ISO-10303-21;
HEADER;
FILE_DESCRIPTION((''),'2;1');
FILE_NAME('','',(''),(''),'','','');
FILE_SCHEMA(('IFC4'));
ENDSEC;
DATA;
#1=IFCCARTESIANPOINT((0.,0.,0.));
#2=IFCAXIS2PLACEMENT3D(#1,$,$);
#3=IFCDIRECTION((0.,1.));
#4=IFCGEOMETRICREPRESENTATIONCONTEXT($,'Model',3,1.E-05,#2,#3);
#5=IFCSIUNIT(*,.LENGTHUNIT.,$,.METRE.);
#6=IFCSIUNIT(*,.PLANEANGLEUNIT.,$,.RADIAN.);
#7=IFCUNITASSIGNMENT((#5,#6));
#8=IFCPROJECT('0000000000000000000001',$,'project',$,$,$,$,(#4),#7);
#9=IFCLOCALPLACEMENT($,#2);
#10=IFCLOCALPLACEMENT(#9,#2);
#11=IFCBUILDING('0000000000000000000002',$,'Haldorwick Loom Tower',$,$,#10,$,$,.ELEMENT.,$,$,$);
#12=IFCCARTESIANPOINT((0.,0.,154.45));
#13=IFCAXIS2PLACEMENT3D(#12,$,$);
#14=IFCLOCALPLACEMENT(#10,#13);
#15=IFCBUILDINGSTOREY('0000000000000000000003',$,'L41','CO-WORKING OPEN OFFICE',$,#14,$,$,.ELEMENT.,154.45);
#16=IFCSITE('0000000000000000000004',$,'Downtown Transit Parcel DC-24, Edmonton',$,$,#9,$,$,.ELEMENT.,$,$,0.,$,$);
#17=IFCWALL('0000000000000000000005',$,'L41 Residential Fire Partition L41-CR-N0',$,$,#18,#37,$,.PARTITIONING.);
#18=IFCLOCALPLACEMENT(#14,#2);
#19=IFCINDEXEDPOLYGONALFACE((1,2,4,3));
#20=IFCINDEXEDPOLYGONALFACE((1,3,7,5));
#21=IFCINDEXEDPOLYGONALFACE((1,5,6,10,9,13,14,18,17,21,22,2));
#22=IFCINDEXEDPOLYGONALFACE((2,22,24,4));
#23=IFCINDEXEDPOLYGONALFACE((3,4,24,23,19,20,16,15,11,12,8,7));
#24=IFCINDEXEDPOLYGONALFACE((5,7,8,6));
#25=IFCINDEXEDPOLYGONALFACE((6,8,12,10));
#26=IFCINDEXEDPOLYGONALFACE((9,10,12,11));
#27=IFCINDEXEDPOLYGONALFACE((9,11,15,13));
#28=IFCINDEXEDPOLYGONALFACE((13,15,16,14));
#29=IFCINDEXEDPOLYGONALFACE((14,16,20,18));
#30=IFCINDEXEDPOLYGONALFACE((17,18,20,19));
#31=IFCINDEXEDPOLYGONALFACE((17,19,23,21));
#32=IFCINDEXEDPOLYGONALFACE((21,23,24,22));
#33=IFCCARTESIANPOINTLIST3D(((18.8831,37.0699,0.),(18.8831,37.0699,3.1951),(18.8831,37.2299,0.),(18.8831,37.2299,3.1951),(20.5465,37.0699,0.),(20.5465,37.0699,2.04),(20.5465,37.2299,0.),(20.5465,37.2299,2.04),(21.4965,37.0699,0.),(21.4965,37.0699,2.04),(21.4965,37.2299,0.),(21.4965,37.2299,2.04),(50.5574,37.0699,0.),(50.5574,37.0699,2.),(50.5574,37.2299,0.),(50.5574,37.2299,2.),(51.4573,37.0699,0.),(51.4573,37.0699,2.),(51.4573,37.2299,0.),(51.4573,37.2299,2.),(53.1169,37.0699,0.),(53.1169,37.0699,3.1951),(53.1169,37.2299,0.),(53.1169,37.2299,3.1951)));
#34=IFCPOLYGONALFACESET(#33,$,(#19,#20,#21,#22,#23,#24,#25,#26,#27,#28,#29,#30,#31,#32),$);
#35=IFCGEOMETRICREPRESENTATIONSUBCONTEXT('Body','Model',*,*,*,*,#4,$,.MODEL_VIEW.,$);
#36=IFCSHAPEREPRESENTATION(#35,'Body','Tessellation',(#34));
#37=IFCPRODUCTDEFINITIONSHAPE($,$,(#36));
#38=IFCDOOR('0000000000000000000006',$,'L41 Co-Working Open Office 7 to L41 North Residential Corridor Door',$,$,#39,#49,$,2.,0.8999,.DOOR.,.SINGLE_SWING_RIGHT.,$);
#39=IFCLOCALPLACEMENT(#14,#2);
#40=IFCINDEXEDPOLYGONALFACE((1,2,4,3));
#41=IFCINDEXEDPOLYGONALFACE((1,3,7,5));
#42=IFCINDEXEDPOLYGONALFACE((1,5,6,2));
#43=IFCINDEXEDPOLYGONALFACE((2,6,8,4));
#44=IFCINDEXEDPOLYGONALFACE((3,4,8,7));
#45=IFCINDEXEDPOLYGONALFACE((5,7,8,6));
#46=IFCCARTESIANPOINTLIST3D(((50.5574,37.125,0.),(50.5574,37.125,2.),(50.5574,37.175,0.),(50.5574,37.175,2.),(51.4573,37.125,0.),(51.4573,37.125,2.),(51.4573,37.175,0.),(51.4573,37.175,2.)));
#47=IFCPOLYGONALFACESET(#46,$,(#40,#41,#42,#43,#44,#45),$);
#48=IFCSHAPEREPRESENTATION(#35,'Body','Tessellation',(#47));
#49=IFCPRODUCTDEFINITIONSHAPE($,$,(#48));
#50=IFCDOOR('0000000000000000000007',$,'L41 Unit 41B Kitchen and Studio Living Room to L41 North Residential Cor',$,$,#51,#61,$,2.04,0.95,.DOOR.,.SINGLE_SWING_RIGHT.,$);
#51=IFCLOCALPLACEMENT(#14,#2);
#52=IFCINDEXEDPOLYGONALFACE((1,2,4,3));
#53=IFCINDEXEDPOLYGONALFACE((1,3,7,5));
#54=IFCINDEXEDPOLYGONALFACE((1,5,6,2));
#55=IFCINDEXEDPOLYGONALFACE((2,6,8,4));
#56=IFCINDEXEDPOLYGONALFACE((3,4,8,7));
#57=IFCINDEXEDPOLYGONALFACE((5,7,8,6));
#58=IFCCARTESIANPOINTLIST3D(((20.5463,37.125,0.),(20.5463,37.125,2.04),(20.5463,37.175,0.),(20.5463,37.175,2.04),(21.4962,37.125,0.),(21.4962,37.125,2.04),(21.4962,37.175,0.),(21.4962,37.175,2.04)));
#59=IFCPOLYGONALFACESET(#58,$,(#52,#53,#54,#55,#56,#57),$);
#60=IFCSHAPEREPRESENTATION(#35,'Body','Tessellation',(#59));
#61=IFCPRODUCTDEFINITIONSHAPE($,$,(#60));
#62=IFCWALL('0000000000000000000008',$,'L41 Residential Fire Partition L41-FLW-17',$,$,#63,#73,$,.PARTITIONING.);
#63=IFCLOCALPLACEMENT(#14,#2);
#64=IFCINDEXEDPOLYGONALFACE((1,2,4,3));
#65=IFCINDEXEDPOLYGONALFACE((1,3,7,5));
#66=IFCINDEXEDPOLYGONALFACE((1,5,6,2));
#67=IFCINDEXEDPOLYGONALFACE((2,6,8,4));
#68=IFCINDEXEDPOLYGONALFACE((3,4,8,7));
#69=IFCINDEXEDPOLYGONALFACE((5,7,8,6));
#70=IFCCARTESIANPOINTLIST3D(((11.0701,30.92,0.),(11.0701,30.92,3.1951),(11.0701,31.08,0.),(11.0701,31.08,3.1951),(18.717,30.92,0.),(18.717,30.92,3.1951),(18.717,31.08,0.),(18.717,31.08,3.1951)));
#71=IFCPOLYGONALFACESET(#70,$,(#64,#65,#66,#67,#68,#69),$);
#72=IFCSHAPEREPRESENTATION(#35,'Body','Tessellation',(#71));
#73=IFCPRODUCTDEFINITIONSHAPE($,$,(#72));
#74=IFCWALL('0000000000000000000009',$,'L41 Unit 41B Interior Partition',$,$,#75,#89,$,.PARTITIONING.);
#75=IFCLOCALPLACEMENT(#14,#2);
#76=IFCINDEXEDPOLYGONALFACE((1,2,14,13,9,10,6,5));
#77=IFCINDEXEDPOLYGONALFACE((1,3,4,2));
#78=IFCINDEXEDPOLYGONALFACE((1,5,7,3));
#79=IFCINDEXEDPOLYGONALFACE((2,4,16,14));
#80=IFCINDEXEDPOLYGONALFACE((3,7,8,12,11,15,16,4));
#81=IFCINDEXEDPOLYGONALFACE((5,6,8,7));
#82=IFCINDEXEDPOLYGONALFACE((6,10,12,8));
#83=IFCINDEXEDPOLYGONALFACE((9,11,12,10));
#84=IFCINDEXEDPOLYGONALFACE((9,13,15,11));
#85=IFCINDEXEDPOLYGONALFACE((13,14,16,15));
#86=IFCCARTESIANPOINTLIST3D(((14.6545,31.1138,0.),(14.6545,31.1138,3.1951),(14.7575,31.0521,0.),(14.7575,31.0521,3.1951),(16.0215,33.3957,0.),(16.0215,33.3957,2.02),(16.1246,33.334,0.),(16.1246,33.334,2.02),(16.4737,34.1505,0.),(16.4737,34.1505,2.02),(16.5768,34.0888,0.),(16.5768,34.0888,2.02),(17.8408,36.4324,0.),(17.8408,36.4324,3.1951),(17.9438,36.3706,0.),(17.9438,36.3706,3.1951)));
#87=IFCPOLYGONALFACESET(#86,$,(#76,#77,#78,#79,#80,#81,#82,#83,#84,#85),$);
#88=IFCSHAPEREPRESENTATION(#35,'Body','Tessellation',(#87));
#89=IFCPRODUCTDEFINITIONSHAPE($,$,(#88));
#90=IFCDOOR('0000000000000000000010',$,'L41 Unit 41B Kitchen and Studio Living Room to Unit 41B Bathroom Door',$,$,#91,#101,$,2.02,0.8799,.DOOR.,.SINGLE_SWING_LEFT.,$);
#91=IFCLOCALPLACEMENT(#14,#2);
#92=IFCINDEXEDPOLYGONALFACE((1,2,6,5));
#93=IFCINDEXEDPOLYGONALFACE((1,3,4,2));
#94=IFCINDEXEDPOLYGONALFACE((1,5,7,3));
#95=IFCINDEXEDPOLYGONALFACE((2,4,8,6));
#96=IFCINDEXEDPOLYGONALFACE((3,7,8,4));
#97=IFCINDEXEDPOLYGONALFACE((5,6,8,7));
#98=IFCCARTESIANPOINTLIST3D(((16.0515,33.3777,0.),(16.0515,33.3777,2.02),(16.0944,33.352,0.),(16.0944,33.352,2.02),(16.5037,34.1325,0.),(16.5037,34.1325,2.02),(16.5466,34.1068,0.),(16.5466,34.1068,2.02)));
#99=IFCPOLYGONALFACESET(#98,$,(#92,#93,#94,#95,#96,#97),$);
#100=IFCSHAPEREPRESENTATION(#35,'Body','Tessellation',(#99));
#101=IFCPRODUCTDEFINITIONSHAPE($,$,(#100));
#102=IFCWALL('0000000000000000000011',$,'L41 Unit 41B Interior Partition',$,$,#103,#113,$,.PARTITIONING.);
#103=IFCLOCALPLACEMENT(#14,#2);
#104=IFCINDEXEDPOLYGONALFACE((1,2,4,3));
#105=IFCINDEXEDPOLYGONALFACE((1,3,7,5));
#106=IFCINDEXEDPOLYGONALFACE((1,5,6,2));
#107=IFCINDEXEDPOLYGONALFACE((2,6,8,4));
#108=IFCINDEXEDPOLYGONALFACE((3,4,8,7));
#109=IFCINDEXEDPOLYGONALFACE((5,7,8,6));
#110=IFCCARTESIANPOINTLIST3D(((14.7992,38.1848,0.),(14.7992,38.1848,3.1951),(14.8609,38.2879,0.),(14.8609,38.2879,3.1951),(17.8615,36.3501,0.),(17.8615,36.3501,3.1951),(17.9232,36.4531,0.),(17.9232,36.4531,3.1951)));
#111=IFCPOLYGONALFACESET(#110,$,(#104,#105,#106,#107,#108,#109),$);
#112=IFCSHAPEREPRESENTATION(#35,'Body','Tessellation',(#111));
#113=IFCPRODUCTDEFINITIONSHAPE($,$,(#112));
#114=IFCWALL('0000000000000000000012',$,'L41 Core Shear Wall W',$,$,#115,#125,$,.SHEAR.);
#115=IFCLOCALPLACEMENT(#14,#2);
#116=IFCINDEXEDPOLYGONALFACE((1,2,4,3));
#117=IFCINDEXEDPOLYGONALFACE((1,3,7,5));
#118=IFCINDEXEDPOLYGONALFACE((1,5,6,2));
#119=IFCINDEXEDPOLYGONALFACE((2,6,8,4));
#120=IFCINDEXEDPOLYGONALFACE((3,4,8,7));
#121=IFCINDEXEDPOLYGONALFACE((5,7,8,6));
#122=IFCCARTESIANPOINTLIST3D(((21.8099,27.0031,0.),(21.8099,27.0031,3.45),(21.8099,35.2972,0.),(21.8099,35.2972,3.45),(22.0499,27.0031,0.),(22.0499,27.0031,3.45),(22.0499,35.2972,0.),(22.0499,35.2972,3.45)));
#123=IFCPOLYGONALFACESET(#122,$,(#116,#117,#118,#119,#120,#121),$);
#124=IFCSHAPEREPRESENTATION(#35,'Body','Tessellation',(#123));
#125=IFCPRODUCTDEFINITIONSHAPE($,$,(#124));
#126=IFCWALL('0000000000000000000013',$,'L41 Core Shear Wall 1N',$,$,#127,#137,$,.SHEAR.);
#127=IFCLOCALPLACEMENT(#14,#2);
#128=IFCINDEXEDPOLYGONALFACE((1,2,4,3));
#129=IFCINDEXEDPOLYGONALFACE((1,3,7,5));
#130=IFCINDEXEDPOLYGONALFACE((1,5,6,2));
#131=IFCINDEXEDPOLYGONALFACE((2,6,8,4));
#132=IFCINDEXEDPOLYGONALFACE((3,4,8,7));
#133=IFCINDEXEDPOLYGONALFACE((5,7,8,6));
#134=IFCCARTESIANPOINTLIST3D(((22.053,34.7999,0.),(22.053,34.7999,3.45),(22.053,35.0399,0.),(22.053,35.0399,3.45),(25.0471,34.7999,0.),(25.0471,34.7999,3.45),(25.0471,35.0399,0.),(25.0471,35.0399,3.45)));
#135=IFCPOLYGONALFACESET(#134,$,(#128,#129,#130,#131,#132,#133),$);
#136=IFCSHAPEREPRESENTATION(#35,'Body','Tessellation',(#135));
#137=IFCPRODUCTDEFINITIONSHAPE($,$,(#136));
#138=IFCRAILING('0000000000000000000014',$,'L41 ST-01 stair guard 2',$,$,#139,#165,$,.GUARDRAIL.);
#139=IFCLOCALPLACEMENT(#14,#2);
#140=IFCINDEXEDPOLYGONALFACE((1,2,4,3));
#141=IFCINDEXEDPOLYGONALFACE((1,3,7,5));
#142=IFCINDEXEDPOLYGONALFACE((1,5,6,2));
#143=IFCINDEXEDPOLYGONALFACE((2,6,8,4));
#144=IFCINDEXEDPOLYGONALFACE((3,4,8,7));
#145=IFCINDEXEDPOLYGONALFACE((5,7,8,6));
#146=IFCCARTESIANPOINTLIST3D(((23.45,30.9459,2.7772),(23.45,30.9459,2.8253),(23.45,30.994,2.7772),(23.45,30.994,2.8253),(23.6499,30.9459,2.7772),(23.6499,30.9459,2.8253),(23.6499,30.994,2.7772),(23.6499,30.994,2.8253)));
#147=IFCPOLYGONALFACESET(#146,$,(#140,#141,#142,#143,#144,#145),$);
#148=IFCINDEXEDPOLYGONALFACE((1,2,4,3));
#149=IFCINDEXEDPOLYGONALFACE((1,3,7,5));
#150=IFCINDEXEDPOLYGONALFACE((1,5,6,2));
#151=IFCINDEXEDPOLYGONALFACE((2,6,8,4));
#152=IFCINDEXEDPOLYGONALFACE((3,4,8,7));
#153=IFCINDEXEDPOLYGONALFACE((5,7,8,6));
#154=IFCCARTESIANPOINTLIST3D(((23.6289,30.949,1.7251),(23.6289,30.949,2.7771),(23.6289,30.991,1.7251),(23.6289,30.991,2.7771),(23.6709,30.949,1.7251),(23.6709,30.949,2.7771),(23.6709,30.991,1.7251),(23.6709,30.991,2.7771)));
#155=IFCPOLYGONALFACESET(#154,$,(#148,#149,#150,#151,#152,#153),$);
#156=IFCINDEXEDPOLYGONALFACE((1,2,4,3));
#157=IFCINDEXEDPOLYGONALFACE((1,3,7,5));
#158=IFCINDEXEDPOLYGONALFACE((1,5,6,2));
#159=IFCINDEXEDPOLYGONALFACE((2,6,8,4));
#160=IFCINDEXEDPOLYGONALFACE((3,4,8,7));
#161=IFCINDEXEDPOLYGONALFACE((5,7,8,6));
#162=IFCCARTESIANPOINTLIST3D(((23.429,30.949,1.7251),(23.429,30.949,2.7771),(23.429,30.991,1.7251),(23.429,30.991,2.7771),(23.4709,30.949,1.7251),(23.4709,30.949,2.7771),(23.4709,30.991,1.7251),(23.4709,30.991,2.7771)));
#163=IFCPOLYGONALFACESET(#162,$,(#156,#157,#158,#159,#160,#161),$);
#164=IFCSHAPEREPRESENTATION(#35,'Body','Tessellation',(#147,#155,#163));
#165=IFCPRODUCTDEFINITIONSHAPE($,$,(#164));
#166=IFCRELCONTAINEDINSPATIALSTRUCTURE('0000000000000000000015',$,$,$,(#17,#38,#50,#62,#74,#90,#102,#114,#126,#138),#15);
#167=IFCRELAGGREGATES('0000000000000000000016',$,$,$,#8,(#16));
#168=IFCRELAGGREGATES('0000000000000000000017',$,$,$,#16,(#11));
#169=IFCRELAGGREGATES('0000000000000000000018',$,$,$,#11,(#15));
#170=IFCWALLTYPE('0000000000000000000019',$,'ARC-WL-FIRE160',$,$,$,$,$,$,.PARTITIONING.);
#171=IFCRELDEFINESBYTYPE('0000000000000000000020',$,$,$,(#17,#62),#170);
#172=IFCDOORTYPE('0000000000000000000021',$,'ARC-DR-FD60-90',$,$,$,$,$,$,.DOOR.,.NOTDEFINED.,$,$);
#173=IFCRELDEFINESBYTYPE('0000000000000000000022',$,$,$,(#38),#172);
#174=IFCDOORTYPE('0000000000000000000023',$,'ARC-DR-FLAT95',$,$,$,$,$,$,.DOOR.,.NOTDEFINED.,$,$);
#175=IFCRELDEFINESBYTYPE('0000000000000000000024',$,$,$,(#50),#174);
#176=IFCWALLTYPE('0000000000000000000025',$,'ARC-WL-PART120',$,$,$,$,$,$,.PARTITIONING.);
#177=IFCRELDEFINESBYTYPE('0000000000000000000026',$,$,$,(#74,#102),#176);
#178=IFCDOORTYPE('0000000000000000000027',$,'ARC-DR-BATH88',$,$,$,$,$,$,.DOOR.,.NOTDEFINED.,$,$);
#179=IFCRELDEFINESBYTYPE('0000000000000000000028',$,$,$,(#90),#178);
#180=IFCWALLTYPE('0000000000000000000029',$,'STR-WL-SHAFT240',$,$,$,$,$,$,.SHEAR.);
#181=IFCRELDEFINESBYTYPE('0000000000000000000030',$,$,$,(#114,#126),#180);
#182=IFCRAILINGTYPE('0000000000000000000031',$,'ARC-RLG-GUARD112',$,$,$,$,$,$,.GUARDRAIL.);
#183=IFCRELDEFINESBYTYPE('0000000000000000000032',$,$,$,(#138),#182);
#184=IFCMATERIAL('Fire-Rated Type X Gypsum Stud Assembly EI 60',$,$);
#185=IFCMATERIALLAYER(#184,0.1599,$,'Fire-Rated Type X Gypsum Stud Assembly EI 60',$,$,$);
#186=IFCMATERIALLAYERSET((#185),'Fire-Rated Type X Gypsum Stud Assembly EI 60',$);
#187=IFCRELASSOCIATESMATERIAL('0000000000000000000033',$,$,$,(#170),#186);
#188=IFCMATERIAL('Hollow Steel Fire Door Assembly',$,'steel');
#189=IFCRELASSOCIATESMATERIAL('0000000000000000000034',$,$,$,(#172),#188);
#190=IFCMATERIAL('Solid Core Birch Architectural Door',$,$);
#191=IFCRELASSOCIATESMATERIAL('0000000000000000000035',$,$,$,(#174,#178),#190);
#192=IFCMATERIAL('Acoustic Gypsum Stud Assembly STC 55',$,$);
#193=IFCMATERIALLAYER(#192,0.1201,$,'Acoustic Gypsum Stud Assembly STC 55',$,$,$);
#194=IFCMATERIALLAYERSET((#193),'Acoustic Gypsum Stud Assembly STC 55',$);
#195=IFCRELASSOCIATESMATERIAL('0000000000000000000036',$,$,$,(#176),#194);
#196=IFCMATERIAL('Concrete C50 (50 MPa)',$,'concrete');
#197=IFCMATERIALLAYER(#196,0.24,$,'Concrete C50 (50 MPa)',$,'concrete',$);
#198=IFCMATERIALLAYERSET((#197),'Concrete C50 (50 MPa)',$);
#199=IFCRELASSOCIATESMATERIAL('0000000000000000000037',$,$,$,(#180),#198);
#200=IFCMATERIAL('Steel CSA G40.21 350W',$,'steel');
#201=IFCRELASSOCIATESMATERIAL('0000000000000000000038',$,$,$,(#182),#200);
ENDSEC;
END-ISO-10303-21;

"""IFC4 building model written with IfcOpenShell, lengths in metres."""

from ifc_helpers import new_model, si_unit, direction, frame, frame_2d, origin, origin_2d, place, context, subcontext, project, spatial, rectangle, extrude, material, layer, layer_set, type_object, element, fill, save


model = new_model("IFC4")

# Units and contexts
model_context = context("Model", 3, precision=1e-05, world=origin(), true_north=direction((0.0, 1.0)))
body_context = subcontext(model_context, "Body", "Model", "MODEL_VIEW")
ifc_project = project(units=[si_unit("LENGTHUNIT", "METRE"), si_unit("PLANEANGLEUNIT", "RADIAN")], contexts=[model_context])

# Site, building, storey
site_placement = place(None, origin())
site = spatial("IfcSite", under=ifc_project, at=site_placement, Name="Downtown Transit Parcel DC-24, Edmonton", CompositionType="ELEMENT", RefElevation=0.0)
building_placement = place(site_placement, origin())
building = spatial("IfcBuilding", under=site, at=building_placement, Name="Haldorwick Loom Tower", CompositionType="ELEMENT")
storey_placement = place(building_placement, frame((0.0, 0.0, 154.45)))
storey = spatial("IfcBuildingStorey", under=building, at=storey_placement, Name="L41", Description="CO-WORKING OPEN OFFICE", CompositionType="ELEMENT", Elevation=154.45)

# Shared definitions
ifc_material_1 = material(Name="Steel CSA G40.21 350W", Category="steel")

# Shared definitions
ifc_material_2 = material(Name="Fire-Rated Type X Gypsum Stud Assembly EI 60")
ifc_layer_1 = layer(ifc_material_2, 0.1599, Name="Fire-Rated Type X Gypsum Stud Assembly EI 60")
ifc_layer_set_1 = layer_set([ifc_layer_1], Name="Fire-Rated Type X Gypsum Stud Assembly EI 60")
wall_type_1 = type_object("IfcWallType", Name="ARC-WL-FIRE160", PredefinedType="PARTITIONING", material=ifc_layer_set_1)

# Wall, openings, doors
wall_1_placement = place(storey_placement, frame((18.8831, 37.1499, 0.0), z_axis=(0.0, 0.0, 1.0), x_axis=(1.0, 0.0, 0.0)))
wall_1 = element("IfcWall", 1, at=wall_1_placement, inside=storey, type_object=wall_type_1, Name="L41 Residential Fire Partition L41-CR-N0", PredefinedType="PARTITIONING", context=body_context, shape_type="SweptSolid", body=[
    extrude(rectangle(XDim=34.2339, YDim=0.1599, at=frame_2d((17.1169, 0.0))), origin(), (0.0, 0.0, 1.0), 3.1951),
])
opening_1_placement = place(wall_1_placement, frame((31.6743, 0.0, 0.0)))
opening_1 = element("IfcOpeningElement", 2, at=opening_1_placement, cuts=wall_1, PredefinedType="OPENING", context=body_context, shape_type="SweptSolid", body=[
    extrude(rectangle(XDim=0.8999, YDim=2.0, at=frame_2d((0.45, 1.0))), frame((0.0, 0.0898, 0.0), z_axis=(0.0, -1.0, 0.0), x_axis=(1.0, 0.0, 0.0)), (0.0, 0.0, 1.0), 0.1799),
])
opening_2_placement = place(wall_1_placement, frame((1.6633, 0.0, 0.0)))
opening_2 = element("IfcOpeningElement", 3, at=opening_2_placement, cuts=wall_1, PredefinedType="OPENING", context=body_context, shape_type="SweptSolid", body=[
    extrude(rectangle(XDim=0.95, YDim=2.04, at=frame_2d((0.4751, 1.02))), frame((0.0, 0.0898, 0.0), z_axis=(0.0, -1.0, 0.0), x_axis=(1.0, 0.0, 0.0)), (0.0, 0.0, 1.0), 0.1799),
])
ifc_material_3 = material(Name="Hollow Steel Fire Door Assembly", Category="steel")
door_type_1 = type_object("IfcDoorType", Name="ARC-DR-FD60-90", OperationType="NOTDEFINED", PredefinedType="DOOR", material=ifc_material_3)
door_1_placement = place(opening_1_placement, frame((0.8999, 0.0, 0.0), z_axis=(0.0, 0.0, 1.0), x_axis=(-1.0, 0.0, 0.0)))
door_1 = element("IfcDoor", 4, at=door_1_placement, inside=storey, type_object=door_type_1, Name="L41 Co-Working Open Office 7 to L41 North Residential Corridor Door", OperationType="SINGLE_SWING_RIGHT", OverallHeight=2.0, OverallWidth=0.8999, PredefinedType="DOOR", context=body_context, shape_type="SweptSolid", body=[
    extrude(rectangle(XDim=0.8999, YDim=2.0, at=frame_2d((0.45, 1.0))), frame((0.0, 0.0249, 0.0), z_axis=(0.0, -1.0, 0.0), x_axis=(1.0, 0.0, 0.0)), (0.0, 0.0, 1.0), 0.05),
])
fill(opening_1, door_1)
ifc_material_4 = material(Name="Solid Core Birch Architectural Door")
door_type_2 = type_object("IfcDoorType", Name="ARC-DR-FLAT95", OperationType="NOTDEFINED", PredefinedType="DOOR", material=ifc_material_4)
door_2_placement = place(opening_2_placement, frame((0.95, 0.0, 0.0), z_axis=(0.0, 0.0, 1.0), x_axis=(-1.0, 0.0, 0.0)))
door_2 = element("IfcDoor", 5, at=door_2_placement, inside=storey, type_object=door_type_2, Name="L41 Unit 41B Kitchen and Studio Living Room to L41 North Residential Cor", OperationType="SINGLE_SWING_RIGHT", OverallHeight=2.04, OverallWidth=0.95, PredefinedType="DOOR", context=body_context, shape_type="SweptSolid", body=[
    extrude(rectangle(XDim=0.95, YDim=2.04, at=frame_2d((0.4751, 1.02))), frame((0.0, 0.0249, 0.0), z_axis=(0.0, -1.0, 0.0), x_axis=(1.0, 0.0, 0.0)), (0.0, 0.0, 1.0), 0.05),
])
fill(opening_2, door_2)

# Wall
wall_2_placement = place(storey_placement, frame((11.0701, 31.0, 0.0), z_axis=(0.0, 0.0, 1.0), x_axis=(1.0, 0.0, 0.0)))
element("IfcWall", 6, at=wall_2_placement, inside=storey, type_object=wall_type_1, Name="L41 Residential Fire Partition L41-FLW-17", PredefinedType="PARTITIONING", context=body_context, shape_type="SweptSolid", body=[
    extrude(rectangle(XDim=7.647, YDim=0.1599, at=frame_2d((3.8235, 0.0))), origin(), (0.0, 0.0, 1.0), 3.1951),
])

# Wall, opening, door
ifc_material_5 = material(Name="Acoustic Gypsum Stud Assembly STC 55")
ifc_layer_2 = layer(ifc_material_5, 0.1201, Name="Acoustic Gypsum Stud Assembly STC 55")
ifc_layer_set_2 = layer_set([ifc_layer_2], Name="Acoustic Gypsum Stud Assembly STC 55")
wall_type_2 = type_object("IfcWallType", Name="ARC-WL-PART120", PredefinedType="PARTITIONING", material=ifc_layer_set_2)
wall_3_placement = place(storey_placement, frame((17.8923, 36.4016, 0.0), z_axis=(0.0, 0.0, 1.0), x_axis=(-0.513917, -0.85784, 0.0)))
wall_3 = element("IfcWall", 7, at=wall_3_placement, inside=storey, type_object=wall_type_2, Name="L41 Unit 41B Interior Partition", PredefinedType="PARTITIONING", context=body_context, shape_type="SweptSolid", body=[
    extrude(rectangle(XDim=6.2, YDim=0.1201, at=frame_2d((3.1001, 0.0))), origin(), (0.0, 0.0, 1.0), 3.1951),
])
opening_3_placement = place(wall_3_placement, frame((2.6602, 0.0, 0.0)))
opening_3 = element("IfcOpeningElement", 8, at=opening_3_placement, cuts=wall_3, PredefinedType="OPENING", context=body_context, shape_type="SweptSolid", body=[
    extrude(rectangle(XDim=0.8799, YDim=2.02, at=frame_2d((0.4399, 1.01))), frame((0.0, 0.0701, 0.0), z_axis=(0.0, -1.0, 0.0), x_axis=(1.0, 0.0, 0.0)), (0.0, 0.0, 1.0), 0.1401),
])
door_type_3 = type_object("IfcDoorType", Name="ARC-DR-BATH88", OperationType="NOTDEFINED", PredefinedType="DOOR", material=ifc_material_4)
door_3_placement = place(opening_3_placement, origin())
door_3 = element("IfcDoor", 9, at=door_3_placement, inside=storey, type_object=door_type_3, Name="L41 Unit 41B Kitchen and Studio Living Room to Unit 41B Bathroom Door", OperationType="SINGLE_SWING_LEFT", OverallHeight=2.02, OverallWidth=0.8799, PredefinedType="DOOR", context=body_context, shape_type="SweptSolid", body=[
    extrude(rectangle(XDim=0.8799, YDim=2.02, at=frame_2d((0.4399, 1.01))), frame((0.0, 0.0249, 0.0), z_axis=(0.0, -1.0, 0.0), x_axis=(1.0, 0.0, 0.0)), (0.0, 0.0, 1.0), 0.05),
])
fill(opening_3, door_3)

# Walls
wall_4_placement = place(storey_placement, frame((17.8923, 36.4016, 0.0), z_axis=(0.0, 0.0, 1.0), x_axis=(-0.857819, 0.513953, 0.0)))
element("IfcWall", 10, at=wall_4_placement, inside=storey, type_object=wall_type_2, Name="L41 Unit 41B Interior Partition", PredefinedType="PARTITIONING", context=body_context, shape_type="SweptSolid", body=[
    extrude(rectangle(XDim=3.5698, YDim=0.1201, at=frame_2d((1.7849, 0.0))), origin(), (0.0, 0.0, 1.0), 3.1951),
])
ifc_material_6 = material(Name="Concrete C50 (50 MPa)", Category="concrete")
ifc_layer_3 = layer(ifc_material_6, 0.24, Name="Concrete C50 (50 MPa)", Category="concrete")
ifc_layer_set_3 = layer_set([ifc_layer_3], Name="Concrete C50 (50 MPa)")
wall_type_3 = type_object("IfcWallType", Name="STR-WL-SHAFT240", PredefinedType="SHEAR", material=ifc_layer_set_3)
wall_5_placement = place(storey_placement, frame((21.9299, 35.2971, 0.0), z_axis=(0.0, 0.0, 1.0), x_axis=(0.0, -1.0, 0.0)))
element("IfcWall", 11, at=wall_5_placement, inside=storey, type_object=wall_type_3, Name="L41 Core Shear Wall W", PredefinedType="SHEAR", context=body_context, shape_type="SweptSolid", body=[
    extrude(rectangle(XDim=8.2942, YDim=0.24, at=frame_2d((4.147, 0.0))), origin(), (0.0, 0.0, 1.0), 3.45),
])
wall_6_placement = place(storey_placement, frame((22.053, 34.9199, 0.0), z_axis=(0.0, 0.0, 1.0), x_axis=(1.0, 0.0, 0.0)))
element("IfcWall", 12, at=wall_6_placement, inside=storey, type_object=wall_type_3, Name="L41 Core Shear Wall 1N", PredefinedType="SHEAR", context=body_context, shape_type="SweptSolid", body=[
    extrude(rectangle(XDim=2.9941, YDim=0.24, at=frame_2d((1.4971, 0.0))), origin(), (0.0, 0.0, 1.0), 3.45),
])

# Railing
railing_type = type_object("IfcRailingType", Name="ARC-RLG-GUARD112", PredefinedType="GUARDRAIL", material=ifc_material_1)
railing_1_placement = place(storey_placement, frame((23.6499, 30.97, 1.7251)))
element("IfcRailing", 13, at=railing_1_placement, inside=storey, type_object=railing_type, Name="L41 ST-01 stair guard 2", PredefinedType="GUARDRAIL", context=body_context, shape_type="SweptSolid", body=[
    extrude(rectangle(XDim=0.0481, YDim=0.0481, at=origin_2d()), frame((0.0, 0.0, 1.0762), z_axis=(-1.0, 0.0, 0.0), x_axis=(0.0, -1.0, 0.0)), (0.0, 0.0, 1.0), 0.2),
    extrude(rectangle(XDim=0.042, YDim=0.042, at=origin_2d()), origin(), (0.0, 0.0, 1.0), 1.052),
    extrude(rectangle(XDim=0.042, YDim=0.042, at=origin_2d()), frame((-0.2, 0.0, 0.0)), (0.0, 0.0, 1.0), 1.052),
])

save(model, "model.ifc")
